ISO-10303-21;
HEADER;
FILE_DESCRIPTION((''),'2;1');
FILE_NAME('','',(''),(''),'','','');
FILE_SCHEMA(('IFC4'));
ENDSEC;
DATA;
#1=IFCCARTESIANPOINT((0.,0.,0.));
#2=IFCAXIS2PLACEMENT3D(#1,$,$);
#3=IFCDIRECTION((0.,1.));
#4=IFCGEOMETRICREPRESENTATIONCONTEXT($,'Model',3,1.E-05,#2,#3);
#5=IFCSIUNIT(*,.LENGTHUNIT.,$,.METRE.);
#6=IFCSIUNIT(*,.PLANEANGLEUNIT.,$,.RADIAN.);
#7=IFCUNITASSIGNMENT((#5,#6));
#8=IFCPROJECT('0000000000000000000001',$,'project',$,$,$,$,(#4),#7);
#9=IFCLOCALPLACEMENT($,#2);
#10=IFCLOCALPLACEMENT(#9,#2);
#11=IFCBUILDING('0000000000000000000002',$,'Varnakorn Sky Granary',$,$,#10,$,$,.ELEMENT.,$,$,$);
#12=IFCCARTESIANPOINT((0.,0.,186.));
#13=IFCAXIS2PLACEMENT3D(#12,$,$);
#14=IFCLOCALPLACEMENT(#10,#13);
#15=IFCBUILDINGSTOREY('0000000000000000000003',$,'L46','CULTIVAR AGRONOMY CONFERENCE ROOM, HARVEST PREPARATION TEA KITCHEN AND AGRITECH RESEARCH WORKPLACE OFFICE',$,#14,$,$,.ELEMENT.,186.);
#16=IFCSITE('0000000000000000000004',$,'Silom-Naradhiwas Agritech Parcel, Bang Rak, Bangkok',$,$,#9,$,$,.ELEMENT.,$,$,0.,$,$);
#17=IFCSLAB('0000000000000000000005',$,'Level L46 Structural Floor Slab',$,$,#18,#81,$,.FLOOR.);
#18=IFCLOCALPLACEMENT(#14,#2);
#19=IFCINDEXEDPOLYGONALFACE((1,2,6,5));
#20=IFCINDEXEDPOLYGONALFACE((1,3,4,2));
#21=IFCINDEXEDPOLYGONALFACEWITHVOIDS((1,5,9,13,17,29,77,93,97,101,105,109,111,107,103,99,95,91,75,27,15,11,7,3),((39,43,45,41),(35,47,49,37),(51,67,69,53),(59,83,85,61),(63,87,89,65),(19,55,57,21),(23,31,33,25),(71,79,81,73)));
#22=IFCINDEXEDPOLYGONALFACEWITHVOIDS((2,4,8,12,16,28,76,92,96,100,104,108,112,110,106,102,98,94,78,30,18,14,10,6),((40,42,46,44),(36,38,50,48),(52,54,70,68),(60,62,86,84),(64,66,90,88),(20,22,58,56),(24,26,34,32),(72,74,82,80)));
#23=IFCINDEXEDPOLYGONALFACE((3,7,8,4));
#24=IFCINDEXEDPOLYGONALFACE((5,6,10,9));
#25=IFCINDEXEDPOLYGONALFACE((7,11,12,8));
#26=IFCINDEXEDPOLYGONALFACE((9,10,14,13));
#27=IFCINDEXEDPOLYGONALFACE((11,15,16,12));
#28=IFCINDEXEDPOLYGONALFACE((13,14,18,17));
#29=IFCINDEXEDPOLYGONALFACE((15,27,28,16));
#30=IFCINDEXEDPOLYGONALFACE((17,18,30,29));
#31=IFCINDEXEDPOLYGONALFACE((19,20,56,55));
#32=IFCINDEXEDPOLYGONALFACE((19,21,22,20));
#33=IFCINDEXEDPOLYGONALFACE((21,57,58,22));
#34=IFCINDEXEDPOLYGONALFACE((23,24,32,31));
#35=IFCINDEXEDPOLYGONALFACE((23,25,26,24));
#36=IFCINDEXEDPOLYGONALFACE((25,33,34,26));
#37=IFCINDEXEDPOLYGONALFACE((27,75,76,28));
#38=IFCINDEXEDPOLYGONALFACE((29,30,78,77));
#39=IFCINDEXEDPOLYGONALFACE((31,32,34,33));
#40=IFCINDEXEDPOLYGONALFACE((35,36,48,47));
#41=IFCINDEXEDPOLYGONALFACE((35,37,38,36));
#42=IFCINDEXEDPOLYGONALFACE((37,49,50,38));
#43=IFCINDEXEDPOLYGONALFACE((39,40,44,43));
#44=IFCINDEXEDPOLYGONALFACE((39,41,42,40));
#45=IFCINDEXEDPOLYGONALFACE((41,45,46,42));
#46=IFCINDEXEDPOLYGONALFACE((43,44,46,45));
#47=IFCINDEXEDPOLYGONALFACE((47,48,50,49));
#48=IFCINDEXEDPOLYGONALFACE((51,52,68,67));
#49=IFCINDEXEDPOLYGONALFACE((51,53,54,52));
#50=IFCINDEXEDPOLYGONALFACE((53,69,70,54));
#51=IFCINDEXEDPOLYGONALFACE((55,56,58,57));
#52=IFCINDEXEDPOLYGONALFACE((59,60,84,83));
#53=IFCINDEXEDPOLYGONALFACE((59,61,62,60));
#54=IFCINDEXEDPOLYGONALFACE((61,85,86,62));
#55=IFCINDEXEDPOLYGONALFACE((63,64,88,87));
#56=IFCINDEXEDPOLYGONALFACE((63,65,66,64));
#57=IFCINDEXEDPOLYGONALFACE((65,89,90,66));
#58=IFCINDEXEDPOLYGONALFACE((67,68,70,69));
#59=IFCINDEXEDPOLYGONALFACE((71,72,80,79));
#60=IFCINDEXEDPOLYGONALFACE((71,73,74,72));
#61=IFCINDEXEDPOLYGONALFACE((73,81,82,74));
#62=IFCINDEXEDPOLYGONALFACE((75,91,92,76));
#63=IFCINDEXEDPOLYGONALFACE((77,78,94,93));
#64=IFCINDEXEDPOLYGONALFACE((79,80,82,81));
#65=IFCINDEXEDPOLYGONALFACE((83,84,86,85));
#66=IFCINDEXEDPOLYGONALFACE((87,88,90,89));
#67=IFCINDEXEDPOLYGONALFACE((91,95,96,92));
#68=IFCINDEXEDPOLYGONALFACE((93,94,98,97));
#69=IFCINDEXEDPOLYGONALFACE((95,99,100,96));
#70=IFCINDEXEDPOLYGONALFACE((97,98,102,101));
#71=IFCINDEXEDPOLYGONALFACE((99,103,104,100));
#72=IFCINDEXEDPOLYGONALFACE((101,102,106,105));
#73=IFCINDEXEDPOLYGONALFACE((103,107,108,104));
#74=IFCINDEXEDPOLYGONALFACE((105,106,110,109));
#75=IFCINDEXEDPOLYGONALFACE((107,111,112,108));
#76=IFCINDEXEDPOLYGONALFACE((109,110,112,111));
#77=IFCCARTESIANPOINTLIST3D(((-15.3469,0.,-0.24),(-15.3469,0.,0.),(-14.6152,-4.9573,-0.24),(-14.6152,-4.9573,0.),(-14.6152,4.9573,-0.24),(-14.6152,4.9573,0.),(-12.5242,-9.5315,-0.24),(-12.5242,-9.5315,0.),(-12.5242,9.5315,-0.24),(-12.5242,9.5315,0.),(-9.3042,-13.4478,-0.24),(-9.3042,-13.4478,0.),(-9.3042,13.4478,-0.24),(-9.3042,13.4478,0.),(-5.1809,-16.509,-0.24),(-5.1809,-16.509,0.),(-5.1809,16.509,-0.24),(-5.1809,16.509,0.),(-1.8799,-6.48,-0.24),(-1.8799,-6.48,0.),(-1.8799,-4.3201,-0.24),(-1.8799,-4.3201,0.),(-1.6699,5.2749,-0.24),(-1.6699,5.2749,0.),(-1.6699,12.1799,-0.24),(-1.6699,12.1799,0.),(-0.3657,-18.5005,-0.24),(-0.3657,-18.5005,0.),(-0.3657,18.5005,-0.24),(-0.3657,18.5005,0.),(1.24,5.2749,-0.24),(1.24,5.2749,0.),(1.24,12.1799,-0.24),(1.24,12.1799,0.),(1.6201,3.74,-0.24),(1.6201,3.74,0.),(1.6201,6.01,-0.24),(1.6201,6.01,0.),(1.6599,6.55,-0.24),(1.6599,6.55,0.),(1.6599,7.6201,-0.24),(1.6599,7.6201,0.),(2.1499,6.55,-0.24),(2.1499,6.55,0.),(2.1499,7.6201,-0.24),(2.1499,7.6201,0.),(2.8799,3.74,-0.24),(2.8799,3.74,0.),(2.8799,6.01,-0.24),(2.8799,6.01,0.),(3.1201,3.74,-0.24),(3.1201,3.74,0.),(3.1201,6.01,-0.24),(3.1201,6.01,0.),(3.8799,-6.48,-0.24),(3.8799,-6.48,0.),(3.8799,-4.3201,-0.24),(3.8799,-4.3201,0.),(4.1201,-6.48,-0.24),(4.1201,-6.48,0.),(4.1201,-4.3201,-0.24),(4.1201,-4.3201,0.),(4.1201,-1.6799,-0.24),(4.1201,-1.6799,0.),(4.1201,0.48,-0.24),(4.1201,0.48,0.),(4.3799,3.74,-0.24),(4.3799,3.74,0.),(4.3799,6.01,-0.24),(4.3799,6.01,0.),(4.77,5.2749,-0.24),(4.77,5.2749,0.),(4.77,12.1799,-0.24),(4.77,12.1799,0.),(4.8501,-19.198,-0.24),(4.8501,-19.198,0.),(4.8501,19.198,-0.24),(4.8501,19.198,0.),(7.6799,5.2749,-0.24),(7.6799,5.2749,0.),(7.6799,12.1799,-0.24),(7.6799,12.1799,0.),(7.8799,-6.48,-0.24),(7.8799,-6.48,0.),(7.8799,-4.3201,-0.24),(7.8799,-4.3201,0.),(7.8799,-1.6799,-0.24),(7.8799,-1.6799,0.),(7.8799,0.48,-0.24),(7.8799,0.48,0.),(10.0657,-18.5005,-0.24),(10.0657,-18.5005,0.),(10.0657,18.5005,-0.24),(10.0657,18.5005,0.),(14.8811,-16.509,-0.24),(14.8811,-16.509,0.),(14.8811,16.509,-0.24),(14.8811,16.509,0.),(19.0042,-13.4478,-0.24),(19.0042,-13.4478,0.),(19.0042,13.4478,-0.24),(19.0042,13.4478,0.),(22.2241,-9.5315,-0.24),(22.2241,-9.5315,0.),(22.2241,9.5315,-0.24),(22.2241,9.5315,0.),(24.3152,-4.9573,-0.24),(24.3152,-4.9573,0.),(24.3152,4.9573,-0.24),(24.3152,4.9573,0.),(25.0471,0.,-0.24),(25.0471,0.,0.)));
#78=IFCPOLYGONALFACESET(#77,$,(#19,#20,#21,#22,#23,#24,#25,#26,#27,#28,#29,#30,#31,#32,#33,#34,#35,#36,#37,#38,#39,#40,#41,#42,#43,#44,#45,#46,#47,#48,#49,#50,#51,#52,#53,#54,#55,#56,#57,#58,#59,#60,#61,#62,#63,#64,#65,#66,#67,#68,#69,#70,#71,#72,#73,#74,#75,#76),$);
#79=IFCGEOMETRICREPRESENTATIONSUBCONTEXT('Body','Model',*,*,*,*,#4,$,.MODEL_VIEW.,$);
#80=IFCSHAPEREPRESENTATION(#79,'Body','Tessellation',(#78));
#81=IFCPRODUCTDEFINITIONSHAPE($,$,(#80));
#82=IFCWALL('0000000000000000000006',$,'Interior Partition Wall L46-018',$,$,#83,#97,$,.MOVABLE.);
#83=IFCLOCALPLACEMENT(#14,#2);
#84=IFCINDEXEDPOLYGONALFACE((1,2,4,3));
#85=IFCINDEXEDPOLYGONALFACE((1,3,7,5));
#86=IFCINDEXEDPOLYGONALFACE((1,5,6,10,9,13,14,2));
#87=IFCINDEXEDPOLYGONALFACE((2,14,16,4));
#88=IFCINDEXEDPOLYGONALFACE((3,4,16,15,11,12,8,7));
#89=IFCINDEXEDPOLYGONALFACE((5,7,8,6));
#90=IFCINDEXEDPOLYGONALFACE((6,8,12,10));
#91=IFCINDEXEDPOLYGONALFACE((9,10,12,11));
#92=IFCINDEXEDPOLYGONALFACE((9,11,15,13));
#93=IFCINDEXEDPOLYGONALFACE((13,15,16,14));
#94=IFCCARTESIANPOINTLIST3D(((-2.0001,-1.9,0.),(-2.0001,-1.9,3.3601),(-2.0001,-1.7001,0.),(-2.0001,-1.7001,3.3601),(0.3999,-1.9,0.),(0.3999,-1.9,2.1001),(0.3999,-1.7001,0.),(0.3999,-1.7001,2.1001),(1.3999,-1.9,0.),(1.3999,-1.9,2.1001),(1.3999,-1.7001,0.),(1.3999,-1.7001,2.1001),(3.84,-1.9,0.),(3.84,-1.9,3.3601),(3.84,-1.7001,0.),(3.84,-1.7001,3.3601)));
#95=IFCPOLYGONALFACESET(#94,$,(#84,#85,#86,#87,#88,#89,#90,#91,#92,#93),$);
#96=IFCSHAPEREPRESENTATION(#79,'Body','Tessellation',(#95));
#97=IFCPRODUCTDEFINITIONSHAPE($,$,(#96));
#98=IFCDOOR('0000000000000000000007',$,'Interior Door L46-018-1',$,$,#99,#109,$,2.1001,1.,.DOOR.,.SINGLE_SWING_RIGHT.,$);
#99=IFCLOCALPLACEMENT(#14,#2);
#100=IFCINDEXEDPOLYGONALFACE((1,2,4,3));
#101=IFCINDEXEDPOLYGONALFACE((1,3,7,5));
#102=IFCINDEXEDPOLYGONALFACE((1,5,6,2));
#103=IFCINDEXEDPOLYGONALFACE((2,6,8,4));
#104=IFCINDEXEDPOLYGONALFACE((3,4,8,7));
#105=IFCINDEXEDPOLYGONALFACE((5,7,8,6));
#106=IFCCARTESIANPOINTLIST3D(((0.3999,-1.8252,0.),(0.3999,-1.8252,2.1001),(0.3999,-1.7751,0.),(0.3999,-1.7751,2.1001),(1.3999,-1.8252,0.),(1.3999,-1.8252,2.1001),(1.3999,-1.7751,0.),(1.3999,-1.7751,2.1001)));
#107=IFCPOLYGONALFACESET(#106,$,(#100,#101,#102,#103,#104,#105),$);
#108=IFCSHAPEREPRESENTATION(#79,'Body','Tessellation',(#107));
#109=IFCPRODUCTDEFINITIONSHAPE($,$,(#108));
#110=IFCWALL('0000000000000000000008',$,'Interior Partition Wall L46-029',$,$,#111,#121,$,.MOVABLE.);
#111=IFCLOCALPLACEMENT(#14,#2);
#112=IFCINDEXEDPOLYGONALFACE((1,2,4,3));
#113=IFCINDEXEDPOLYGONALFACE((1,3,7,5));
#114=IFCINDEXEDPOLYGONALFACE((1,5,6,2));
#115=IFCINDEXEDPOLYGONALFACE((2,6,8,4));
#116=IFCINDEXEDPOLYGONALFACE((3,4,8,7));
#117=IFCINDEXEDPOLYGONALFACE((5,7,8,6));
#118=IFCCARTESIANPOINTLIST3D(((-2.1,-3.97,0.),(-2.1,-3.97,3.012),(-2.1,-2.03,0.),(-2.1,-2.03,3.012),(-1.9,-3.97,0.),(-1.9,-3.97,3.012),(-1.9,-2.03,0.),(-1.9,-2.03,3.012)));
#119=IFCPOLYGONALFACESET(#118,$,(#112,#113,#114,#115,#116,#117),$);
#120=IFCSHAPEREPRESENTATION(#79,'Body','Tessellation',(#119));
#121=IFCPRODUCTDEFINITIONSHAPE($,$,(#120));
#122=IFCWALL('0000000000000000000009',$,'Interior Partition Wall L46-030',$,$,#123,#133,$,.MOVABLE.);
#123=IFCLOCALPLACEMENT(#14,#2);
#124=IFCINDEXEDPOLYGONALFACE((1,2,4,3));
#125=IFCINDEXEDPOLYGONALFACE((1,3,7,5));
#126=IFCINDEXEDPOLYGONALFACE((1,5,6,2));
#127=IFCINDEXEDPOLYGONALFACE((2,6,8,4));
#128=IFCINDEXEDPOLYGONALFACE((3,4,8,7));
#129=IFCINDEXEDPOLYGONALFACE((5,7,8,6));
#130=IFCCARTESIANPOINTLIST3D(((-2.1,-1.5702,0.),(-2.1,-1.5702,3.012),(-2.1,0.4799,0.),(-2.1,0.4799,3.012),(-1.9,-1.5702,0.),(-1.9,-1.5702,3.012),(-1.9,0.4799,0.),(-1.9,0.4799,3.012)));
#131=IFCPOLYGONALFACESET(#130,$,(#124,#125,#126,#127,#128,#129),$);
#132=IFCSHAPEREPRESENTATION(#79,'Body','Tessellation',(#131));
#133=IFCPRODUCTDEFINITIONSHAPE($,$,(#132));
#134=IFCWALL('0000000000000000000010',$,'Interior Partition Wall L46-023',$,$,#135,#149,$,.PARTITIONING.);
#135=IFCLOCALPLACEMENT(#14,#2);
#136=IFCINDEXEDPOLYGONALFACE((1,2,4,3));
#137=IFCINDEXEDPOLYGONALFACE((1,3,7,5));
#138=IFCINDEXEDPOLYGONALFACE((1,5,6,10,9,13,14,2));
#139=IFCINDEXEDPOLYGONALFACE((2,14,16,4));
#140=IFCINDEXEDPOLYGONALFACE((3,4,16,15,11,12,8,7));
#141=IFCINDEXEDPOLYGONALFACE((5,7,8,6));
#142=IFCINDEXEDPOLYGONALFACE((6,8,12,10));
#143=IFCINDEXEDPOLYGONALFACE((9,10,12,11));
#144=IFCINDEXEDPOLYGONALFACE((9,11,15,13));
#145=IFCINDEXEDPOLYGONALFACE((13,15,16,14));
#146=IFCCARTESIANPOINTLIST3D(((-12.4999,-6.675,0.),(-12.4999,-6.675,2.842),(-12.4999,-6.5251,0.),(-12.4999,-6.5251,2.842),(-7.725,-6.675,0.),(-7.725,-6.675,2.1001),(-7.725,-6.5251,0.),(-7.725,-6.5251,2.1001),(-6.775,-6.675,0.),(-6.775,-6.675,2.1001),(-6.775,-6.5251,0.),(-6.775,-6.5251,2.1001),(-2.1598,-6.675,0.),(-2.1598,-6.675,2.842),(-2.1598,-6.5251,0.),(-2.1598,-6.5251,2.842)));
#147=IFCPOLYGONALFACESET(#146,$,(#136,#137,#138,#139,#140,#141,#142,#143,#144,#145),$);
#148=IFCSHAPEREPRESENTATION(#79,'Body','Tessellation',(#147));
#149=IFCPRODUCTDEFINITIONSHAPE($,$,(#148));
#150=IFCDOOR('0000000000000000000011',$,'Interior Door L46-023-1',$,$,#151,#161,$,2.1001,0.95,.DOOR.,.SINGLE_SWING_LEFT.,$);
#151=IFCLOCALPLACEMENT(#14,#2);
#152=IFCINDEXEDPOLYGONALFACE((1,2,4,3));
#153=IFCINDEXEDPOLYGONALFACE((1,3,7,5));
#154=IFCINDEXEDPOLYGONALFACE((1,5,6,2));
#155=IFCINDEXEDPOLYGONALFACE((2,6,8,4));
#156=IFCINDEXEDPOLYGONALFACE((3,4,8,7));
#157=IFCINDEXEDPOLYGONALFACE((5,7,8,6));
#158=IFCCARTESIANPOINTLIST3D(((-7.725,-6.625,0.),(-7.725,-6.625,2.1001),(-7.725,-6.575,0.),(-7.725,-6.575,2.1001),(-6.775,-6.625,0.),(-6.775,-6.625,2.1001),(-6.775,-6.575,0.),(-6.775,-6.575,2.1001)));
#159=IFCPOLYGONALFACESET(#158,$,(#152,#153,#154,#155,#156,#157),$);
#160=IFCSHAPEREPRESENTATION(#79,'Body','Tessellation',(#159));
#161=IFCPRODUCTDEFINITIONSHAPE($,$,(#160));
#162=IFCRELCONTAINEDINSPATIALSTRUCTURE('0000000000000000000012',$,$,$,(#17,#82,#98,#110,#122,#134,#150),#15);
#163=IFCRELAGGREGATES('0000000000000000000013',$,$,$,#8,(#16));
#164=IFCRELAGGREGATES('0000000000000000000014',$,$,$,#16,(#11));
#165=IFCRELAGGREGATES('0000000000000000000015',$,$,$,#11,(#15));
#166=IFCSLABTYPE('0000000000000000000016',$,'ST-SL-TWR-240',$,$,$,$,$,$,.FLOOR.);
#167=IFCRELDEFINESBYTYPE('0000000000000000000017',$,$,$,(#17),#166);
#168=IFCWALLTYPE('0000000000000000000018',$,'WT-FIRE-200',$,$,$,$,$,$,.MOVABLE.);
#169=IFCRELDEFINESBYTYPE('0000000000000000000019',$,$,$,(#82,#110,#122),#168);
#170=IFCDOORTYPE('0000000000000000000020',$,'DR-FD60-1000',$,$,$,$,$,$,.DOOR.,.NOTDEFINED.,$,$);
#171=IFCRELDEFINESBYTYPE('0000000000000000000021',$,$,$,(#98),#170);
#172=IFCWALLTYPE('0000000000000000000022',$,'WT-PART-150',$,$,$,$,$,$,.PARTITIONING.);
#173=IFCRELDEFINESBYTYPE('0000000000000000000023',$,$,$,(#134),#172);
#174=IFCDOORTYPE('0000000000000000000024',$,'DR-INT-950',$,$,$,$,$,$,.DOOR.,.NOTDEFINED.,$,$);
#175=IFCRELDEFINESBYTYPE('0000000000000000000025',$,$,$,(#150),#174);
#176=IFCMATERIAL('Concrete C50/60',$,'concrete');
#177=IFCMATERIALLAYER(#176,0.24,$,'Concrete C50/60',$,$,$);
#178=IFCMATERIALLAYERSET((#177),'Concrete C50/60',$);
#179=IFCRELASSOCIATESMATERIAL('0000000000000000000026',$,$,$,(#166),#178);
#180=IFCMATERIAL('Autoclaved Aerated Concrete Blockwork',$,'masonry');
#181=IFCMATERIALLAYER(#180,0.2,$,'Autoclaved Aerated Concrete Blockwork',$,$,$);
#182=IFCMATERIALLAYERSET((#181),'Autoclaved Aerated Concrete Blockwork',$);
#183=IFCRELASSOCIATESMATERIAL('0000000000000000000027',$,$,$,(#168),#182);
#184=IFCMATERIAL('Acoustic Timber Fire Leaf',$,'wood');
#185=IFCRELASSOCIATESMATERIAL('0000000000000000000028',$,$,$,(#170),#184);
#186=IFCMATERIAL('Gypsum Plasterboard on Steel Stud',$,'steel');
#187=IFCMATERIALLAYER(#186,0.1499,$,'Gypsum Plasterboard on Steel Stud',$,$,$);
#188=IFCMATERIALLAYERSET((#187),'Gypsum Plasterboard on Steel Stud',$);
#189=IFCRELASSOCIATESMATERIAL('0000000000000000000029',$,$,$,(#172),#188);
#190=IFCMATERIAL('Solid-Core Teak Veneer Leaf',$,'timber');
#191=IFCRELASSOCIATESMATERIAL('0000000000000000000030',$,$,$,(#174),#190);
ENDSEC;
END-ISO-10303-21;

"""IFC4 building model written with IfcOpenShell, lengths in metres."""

from ifc_helpers import new_model, si_unit, direction, frame, frame_2d, origin, place, context, subcontext, project, spatial, polyline, rectangle, outline, extrude, material, layer, layer_set, type_object, element, fill, save


model = new_model("IFC4")

# Units and contexts
model_context = context("Model", 3, precision=1e-05, world=origin(), true_north=direction((0.0, 1.0)))
body_context = subcontext(model_context, "Body", "Model", "MODEL_VIEW")
ifc_project = project(units=[si_unit("LENGTHUNIT", "METRE"), si_unit("PLANEANGLEUNIT", "RADIAN")], contexts=[model_context])

# Site, building, storey
site_placement = place(None, origin())
site = spatial("IfcSite", under=ifc_project, at=site_placement, Name="Silom-Naradhiwas Agritech Parcel, Bang Rak, Bangkok", CompositionType="ELEMENT", RefElevation=0.0)
building_placement = place(site_placement, origin())
building = spatial("IfcBuilding", under=site, at=building_placement, Name="Varnakorn Sky Granary", CompositionType="ELEMENT")
storey_placement = place(building_placement, frame((0.0, 0.0, 186.0)))
storey = spatial("IfcBuildingStorey", under=building, at=storey_placement, Name="L46", Description="CULTIVAR AGRONOMY CONFERENCE ROOM, HARVEST PREPARATION TEA KITCHEN AND AGRITECH RESEARCH WORKPLACE OFFICE", CompositionType="ELEMENT", Elevation=186.0)

# Shared definitions
ifc_material_1 = material(Name="Concrete C50/60", Category="concrete")

# Slab
ifc_layer_1 = layer(ifc_material_1, 0.24, Name="Concrete C50/60")
ifc_layer_set_1 = layer_set([ifc_layer_1], Name="Concrete C50/60")
slab_type_1 = type_object("IfcSlabType", Name="ST-SL-TWR-240", PredefinedType="FLOOR", material=ifc_layer_set_1)
slab_1_placement = place(storey_placement, frame((0.0, 0.0, -0.24)))
element("IfcSlab", 1, at=slab_1_placement, inside=storey, type_object=slab_type_1, Name="Level L46 Structural Floor Slab", PredefinedType="FLOOR", context=body_context, shape_type="SweptSolid", body=[
    extrude(outline(polyline([(25.0471, 0.0), (24.3152, 4.9573), (22.2241, 9.5315), (19.0042, 13.4478), (14.8811, 16.509), (10.0657, 18.5005), (4.8501, 19.198), (-0.3657, 18.5005), (-5.1809, 16.509), (-9.3042, 13.4478), (-12.5242, 9.5315), (-14.6152, 4.9573), (-15.3469, 0.0), (-14.6152, -4.9573), (-12.5242, -9.5315), (-9.3042, -13.4478), (-5.1809, -16.509), (-0.3657, -18.5005), (4.8501, -19.198), (10.0657, -18.5005), (14.8811, -16.509), (19.0042, -13.4478), (22.2241, -9.5315), (24.3152, -4.9573), (25.0471, 0.0)]), holes=[polyline([(1.24, 5.2749), (1.24, 12.1799), (-1.6699, 12.1799), (-1.6699, 5.2749), (1.24, 5.2749)]), polyline([(7.6799, 5.2749), (7.6799, 12.1799), (4.77, 12.1799), (4.77, 5.2749), (7.6799, 5.2749)]), polyline([(1.6599, 6.55), (2.1499, 6.55), (2.1499, 7.6201), (1.6599, 7.6201), (1.6599, 6.55)]), polyline([(1.6201, 3.74), (2.8799, 3.74), (2.8799, 6.01), (1.6201, 6.01), (1.6201, 3.74)]), polyline([(3.1201, 3.74), (4.3799, 3.74), (4.3799, 6.01), (3.1201, 6.01), (3.1201, 3.74)]), polyline([(4.1201, -1.6799), (7.8799, -1.6799), (7.8799, 0.48), (4.1201, 0.48), (4.1201, -1.6799)]), polyline([(-1.8799, -6.48), (3.8799, -6.48), (3.8799, -4.3201), (-1.8799, -4.3201), (-1.8799, -6.48)]), polyline([(4.1201, -6.48), (7.8799, -6.48), (7.8799, -4.3201), (4.1201, -4.3201), (4.1201, -6.48)])]), origin(), (0.0, 0.0, 1.0), 0.24),
])

# Wall, opening, door
ifc_material_2 = material(Name="Autoclaved Aerated Concrete Blockwork", Category="masonry")
ifc_layer_2 = layer(ifc_material_2, 0.2, Name="Autoclaved Aerated Concrete Blockwork")
ifc_layer_set_2 = layer_set([ifc_layer_2], Name="Autoclaved Aerated Concrete Blockwork")
wall_type_1 = type_object("IfcWallType", Name="WT-FIRE-200", PredefinedType="MOVABLE", material=ifc_layer_set_2)
wall_1_placement = place(storey_placement, frame((-2.0, -1.8, 0.0), z_axis=(0.0, 0.0, 1.0), x_axis=(1.0, 0.0, 0.0)))
wall_1 = element("IfcWall", 2, at=wall_1_placement, inside=storey, type_object=wall_type_1, Name="Interior Partition Wall L46-018", PredefinedType="MOVABLE", context=body_context, shape_type="SweptSolid", body=[
    extrude(rectangle(XDim=5.8401, YDim=0.2, at=frame_2d((2.9199, 0.0))), origin(), (0.0, 0.0, 1.0), 3.3601),
])
opening_1_placement = place(wall_1_placement, frame((2.3999, 0.0, 0.0)))
opening_1 = element("IfcOpeningElement", 3, at=opening_1_placement, cuts=wall_1, PredefinedType="OPENING", context=body_context, shape_type="SweptSolid", body=[
    extrude(rectangle(XDim=1.0, YDim=2.1001, at=frame_2d((0.5, 1.05))), frame((0.0, 0.1099, 0.0), z_axis=(0.0, -1.0, 0.0), x_axis=(1.0, 0.0, 0.0)), (0.0, 0.0, 1.0), 0.22),
])
ifc_material_3 = material(Name="Acoustic Timber Fire Leaf", Category="wood")
door_type_1 = type_object("IfcDoorType", Name="DR-FD60-1000", OperationType="NOTDEFINED", PredefinedType="DOOR", material=ifc_material_3)
door_1_placement = place(opening_1_placement, origin())
door_1 = element("IfcDoor", 4, at=door_1_placement, inside=storey, type_object=door_type_1, Name="Interior Door L46-018-1", OperationType="SINGLE_SWING_RIGHT", OverallHeight=2.1001, OverallWidth=1.0, PredefinedType="DOOR", context=body_context, shape_type="SweptSolid", body=[
    extrude(rectangle(XDim=1.0, YDim=2.1001, at=frame_2d((0.5, 1.05))), frame((0.0, 0.0249, 0.0), z_axis=(0.0, -1.0, 0.0), x_axis=(1.0, 0.0, 0.0)), (0.0, 0.0, 1.0), 0.05),
])
fill(opening_1, door_1)

# Walls
wall_2_placement = place(storey_placement, frame((-2.0, -3.97, 0.0), z_axis=(0.0, 0.0, 1.0), x_axis=(0.0, 1.0, 0.0)))
element("IfcWall", 5, at=wall_2_placement, inside=storey, type_object=wall_type_1, Name="Interior Partition Wall L46-029", PredefinedType="MOVABLE", context=body_context, shape_type="SweptSolid", body=[
    extrude(rectangle(XDim=1.9399, YDim=0.2, at=frame_2d((0.97, 0.0))), origin(), (0.0, 0.0, 1.0), 3.012),
])
wall_3_placement = place(storey_placement, frame((-2.0, -1.5701, 0.0), z_axis=(0.0, 0.0, 1.0), x_axis=(0.0, 1.0, 0.0)))
element("IfcWall", 6, at=wall_3_placement, inside=storey, type_object=wall_type_1, Name="Interior Partition Wall L46-030", PredefinedType="MOVABLE", context=body_context, shape_type="SweptSolid", body=[
    extrude(rectangle(XDim=2.05, YDim=0.2, at=frame_2d((1.0249, 0.0))), origin(), (0.0, 0.0, 1.0), 3.012),
])

# Wall, opening, door
ifc_material_4 = material(Name="Gypsum Plasterboard on Steel Stud", Category="steel")
ifc_layer_3 = layer(ifc_material_4, 0.1499, Name="Gypsum Plasterboard on Steel Stud")
ifc_layer_set_3 = layer_set([ifc_layer_3], Name="Gypsum Plasterboard on Steel Stud")
wall_type_2 = type_object("IfcWallType", Name="WT-PART-150", PredefinedType="PARTITIONING", material=ifc_layer_set_3)
wall_4_placement = place(storey_placement, frame((-2.1599, -6.6001, 0.0), z_axis=(0.0, 0.0, 1.0), x_axis=(-1.0, 0.0, 0.0)))
wall_4 = element("IfcWall", 7, at=wall_4_placement, inside=storey, type_object=wall_type_2, Name="Interior Partition Wall L46-023", PredefinedType="PARTITIONING", context=body_context, shape_type="SweptSolid", body=[
    extrude(rectangle(XDim=10.3401, YDim=0.1499, at=frame_2d((5.1699, 0.0))), origin(), (0.0, 0.0, 1.0), 2.842),
])
opening_2_placement = place(wall_4_placement, frame((4.615, 0.0, 0.0)))
opening_2 = element("IfcOpeningElement", 8, at=opening_2_placement, cuts=wall_4, PredefinedType="OPENING", context=body_context, shape_type="SweptSolid", body=[
    extrude(rectangle(XDim=0.95, YDim=2.1001, at=frame_2d((0.4751, 1.05))), frame((0.0, 0.085, 0.0), z_axis=(0.0, -1.0, 0.0), x_axis=(1.0, 0.0, 0.0)), (0.0, 0.0, 1.0), 0.1699),
])
ifc_material_5 = material(Name="Solid-Core Teak Veneer Leaf", Category="timber")
door_type_2 = type_object("IfcDoorType", Name="DR-INT-950", OperationType="NOTDEFINED", PredefinedType="DOOR", material=ifc_material_5)
door_2_placement = place(opening_2_placement, origin())
door_2 = element("IfcDoor", 9, at=door_2_placement, inside=storey, type_object=door_type_2, Name="Interior Door L46-023-1", OperationType="SINGLE_SWING_LEFT", OverallHeight=2.1001, OverallWidth=0.95, PredefinedType="DOOR", context=body_context, shape_type="SweptSolid", body=[
    extrude(rectangle(XDim=0.95, YDim=2.1001, at=frame_2d((0.4751, 1.05))), frame((0.0, 0.0249, 0.0), z_axis=(0.0, -1.0, 0.0), x_axis=(1.0, 0.0, 0.0)), (0.0, 0.0, 1.0), 0.05),
])
fill(opening_2, door_2)

save(model, "model.ifc")
